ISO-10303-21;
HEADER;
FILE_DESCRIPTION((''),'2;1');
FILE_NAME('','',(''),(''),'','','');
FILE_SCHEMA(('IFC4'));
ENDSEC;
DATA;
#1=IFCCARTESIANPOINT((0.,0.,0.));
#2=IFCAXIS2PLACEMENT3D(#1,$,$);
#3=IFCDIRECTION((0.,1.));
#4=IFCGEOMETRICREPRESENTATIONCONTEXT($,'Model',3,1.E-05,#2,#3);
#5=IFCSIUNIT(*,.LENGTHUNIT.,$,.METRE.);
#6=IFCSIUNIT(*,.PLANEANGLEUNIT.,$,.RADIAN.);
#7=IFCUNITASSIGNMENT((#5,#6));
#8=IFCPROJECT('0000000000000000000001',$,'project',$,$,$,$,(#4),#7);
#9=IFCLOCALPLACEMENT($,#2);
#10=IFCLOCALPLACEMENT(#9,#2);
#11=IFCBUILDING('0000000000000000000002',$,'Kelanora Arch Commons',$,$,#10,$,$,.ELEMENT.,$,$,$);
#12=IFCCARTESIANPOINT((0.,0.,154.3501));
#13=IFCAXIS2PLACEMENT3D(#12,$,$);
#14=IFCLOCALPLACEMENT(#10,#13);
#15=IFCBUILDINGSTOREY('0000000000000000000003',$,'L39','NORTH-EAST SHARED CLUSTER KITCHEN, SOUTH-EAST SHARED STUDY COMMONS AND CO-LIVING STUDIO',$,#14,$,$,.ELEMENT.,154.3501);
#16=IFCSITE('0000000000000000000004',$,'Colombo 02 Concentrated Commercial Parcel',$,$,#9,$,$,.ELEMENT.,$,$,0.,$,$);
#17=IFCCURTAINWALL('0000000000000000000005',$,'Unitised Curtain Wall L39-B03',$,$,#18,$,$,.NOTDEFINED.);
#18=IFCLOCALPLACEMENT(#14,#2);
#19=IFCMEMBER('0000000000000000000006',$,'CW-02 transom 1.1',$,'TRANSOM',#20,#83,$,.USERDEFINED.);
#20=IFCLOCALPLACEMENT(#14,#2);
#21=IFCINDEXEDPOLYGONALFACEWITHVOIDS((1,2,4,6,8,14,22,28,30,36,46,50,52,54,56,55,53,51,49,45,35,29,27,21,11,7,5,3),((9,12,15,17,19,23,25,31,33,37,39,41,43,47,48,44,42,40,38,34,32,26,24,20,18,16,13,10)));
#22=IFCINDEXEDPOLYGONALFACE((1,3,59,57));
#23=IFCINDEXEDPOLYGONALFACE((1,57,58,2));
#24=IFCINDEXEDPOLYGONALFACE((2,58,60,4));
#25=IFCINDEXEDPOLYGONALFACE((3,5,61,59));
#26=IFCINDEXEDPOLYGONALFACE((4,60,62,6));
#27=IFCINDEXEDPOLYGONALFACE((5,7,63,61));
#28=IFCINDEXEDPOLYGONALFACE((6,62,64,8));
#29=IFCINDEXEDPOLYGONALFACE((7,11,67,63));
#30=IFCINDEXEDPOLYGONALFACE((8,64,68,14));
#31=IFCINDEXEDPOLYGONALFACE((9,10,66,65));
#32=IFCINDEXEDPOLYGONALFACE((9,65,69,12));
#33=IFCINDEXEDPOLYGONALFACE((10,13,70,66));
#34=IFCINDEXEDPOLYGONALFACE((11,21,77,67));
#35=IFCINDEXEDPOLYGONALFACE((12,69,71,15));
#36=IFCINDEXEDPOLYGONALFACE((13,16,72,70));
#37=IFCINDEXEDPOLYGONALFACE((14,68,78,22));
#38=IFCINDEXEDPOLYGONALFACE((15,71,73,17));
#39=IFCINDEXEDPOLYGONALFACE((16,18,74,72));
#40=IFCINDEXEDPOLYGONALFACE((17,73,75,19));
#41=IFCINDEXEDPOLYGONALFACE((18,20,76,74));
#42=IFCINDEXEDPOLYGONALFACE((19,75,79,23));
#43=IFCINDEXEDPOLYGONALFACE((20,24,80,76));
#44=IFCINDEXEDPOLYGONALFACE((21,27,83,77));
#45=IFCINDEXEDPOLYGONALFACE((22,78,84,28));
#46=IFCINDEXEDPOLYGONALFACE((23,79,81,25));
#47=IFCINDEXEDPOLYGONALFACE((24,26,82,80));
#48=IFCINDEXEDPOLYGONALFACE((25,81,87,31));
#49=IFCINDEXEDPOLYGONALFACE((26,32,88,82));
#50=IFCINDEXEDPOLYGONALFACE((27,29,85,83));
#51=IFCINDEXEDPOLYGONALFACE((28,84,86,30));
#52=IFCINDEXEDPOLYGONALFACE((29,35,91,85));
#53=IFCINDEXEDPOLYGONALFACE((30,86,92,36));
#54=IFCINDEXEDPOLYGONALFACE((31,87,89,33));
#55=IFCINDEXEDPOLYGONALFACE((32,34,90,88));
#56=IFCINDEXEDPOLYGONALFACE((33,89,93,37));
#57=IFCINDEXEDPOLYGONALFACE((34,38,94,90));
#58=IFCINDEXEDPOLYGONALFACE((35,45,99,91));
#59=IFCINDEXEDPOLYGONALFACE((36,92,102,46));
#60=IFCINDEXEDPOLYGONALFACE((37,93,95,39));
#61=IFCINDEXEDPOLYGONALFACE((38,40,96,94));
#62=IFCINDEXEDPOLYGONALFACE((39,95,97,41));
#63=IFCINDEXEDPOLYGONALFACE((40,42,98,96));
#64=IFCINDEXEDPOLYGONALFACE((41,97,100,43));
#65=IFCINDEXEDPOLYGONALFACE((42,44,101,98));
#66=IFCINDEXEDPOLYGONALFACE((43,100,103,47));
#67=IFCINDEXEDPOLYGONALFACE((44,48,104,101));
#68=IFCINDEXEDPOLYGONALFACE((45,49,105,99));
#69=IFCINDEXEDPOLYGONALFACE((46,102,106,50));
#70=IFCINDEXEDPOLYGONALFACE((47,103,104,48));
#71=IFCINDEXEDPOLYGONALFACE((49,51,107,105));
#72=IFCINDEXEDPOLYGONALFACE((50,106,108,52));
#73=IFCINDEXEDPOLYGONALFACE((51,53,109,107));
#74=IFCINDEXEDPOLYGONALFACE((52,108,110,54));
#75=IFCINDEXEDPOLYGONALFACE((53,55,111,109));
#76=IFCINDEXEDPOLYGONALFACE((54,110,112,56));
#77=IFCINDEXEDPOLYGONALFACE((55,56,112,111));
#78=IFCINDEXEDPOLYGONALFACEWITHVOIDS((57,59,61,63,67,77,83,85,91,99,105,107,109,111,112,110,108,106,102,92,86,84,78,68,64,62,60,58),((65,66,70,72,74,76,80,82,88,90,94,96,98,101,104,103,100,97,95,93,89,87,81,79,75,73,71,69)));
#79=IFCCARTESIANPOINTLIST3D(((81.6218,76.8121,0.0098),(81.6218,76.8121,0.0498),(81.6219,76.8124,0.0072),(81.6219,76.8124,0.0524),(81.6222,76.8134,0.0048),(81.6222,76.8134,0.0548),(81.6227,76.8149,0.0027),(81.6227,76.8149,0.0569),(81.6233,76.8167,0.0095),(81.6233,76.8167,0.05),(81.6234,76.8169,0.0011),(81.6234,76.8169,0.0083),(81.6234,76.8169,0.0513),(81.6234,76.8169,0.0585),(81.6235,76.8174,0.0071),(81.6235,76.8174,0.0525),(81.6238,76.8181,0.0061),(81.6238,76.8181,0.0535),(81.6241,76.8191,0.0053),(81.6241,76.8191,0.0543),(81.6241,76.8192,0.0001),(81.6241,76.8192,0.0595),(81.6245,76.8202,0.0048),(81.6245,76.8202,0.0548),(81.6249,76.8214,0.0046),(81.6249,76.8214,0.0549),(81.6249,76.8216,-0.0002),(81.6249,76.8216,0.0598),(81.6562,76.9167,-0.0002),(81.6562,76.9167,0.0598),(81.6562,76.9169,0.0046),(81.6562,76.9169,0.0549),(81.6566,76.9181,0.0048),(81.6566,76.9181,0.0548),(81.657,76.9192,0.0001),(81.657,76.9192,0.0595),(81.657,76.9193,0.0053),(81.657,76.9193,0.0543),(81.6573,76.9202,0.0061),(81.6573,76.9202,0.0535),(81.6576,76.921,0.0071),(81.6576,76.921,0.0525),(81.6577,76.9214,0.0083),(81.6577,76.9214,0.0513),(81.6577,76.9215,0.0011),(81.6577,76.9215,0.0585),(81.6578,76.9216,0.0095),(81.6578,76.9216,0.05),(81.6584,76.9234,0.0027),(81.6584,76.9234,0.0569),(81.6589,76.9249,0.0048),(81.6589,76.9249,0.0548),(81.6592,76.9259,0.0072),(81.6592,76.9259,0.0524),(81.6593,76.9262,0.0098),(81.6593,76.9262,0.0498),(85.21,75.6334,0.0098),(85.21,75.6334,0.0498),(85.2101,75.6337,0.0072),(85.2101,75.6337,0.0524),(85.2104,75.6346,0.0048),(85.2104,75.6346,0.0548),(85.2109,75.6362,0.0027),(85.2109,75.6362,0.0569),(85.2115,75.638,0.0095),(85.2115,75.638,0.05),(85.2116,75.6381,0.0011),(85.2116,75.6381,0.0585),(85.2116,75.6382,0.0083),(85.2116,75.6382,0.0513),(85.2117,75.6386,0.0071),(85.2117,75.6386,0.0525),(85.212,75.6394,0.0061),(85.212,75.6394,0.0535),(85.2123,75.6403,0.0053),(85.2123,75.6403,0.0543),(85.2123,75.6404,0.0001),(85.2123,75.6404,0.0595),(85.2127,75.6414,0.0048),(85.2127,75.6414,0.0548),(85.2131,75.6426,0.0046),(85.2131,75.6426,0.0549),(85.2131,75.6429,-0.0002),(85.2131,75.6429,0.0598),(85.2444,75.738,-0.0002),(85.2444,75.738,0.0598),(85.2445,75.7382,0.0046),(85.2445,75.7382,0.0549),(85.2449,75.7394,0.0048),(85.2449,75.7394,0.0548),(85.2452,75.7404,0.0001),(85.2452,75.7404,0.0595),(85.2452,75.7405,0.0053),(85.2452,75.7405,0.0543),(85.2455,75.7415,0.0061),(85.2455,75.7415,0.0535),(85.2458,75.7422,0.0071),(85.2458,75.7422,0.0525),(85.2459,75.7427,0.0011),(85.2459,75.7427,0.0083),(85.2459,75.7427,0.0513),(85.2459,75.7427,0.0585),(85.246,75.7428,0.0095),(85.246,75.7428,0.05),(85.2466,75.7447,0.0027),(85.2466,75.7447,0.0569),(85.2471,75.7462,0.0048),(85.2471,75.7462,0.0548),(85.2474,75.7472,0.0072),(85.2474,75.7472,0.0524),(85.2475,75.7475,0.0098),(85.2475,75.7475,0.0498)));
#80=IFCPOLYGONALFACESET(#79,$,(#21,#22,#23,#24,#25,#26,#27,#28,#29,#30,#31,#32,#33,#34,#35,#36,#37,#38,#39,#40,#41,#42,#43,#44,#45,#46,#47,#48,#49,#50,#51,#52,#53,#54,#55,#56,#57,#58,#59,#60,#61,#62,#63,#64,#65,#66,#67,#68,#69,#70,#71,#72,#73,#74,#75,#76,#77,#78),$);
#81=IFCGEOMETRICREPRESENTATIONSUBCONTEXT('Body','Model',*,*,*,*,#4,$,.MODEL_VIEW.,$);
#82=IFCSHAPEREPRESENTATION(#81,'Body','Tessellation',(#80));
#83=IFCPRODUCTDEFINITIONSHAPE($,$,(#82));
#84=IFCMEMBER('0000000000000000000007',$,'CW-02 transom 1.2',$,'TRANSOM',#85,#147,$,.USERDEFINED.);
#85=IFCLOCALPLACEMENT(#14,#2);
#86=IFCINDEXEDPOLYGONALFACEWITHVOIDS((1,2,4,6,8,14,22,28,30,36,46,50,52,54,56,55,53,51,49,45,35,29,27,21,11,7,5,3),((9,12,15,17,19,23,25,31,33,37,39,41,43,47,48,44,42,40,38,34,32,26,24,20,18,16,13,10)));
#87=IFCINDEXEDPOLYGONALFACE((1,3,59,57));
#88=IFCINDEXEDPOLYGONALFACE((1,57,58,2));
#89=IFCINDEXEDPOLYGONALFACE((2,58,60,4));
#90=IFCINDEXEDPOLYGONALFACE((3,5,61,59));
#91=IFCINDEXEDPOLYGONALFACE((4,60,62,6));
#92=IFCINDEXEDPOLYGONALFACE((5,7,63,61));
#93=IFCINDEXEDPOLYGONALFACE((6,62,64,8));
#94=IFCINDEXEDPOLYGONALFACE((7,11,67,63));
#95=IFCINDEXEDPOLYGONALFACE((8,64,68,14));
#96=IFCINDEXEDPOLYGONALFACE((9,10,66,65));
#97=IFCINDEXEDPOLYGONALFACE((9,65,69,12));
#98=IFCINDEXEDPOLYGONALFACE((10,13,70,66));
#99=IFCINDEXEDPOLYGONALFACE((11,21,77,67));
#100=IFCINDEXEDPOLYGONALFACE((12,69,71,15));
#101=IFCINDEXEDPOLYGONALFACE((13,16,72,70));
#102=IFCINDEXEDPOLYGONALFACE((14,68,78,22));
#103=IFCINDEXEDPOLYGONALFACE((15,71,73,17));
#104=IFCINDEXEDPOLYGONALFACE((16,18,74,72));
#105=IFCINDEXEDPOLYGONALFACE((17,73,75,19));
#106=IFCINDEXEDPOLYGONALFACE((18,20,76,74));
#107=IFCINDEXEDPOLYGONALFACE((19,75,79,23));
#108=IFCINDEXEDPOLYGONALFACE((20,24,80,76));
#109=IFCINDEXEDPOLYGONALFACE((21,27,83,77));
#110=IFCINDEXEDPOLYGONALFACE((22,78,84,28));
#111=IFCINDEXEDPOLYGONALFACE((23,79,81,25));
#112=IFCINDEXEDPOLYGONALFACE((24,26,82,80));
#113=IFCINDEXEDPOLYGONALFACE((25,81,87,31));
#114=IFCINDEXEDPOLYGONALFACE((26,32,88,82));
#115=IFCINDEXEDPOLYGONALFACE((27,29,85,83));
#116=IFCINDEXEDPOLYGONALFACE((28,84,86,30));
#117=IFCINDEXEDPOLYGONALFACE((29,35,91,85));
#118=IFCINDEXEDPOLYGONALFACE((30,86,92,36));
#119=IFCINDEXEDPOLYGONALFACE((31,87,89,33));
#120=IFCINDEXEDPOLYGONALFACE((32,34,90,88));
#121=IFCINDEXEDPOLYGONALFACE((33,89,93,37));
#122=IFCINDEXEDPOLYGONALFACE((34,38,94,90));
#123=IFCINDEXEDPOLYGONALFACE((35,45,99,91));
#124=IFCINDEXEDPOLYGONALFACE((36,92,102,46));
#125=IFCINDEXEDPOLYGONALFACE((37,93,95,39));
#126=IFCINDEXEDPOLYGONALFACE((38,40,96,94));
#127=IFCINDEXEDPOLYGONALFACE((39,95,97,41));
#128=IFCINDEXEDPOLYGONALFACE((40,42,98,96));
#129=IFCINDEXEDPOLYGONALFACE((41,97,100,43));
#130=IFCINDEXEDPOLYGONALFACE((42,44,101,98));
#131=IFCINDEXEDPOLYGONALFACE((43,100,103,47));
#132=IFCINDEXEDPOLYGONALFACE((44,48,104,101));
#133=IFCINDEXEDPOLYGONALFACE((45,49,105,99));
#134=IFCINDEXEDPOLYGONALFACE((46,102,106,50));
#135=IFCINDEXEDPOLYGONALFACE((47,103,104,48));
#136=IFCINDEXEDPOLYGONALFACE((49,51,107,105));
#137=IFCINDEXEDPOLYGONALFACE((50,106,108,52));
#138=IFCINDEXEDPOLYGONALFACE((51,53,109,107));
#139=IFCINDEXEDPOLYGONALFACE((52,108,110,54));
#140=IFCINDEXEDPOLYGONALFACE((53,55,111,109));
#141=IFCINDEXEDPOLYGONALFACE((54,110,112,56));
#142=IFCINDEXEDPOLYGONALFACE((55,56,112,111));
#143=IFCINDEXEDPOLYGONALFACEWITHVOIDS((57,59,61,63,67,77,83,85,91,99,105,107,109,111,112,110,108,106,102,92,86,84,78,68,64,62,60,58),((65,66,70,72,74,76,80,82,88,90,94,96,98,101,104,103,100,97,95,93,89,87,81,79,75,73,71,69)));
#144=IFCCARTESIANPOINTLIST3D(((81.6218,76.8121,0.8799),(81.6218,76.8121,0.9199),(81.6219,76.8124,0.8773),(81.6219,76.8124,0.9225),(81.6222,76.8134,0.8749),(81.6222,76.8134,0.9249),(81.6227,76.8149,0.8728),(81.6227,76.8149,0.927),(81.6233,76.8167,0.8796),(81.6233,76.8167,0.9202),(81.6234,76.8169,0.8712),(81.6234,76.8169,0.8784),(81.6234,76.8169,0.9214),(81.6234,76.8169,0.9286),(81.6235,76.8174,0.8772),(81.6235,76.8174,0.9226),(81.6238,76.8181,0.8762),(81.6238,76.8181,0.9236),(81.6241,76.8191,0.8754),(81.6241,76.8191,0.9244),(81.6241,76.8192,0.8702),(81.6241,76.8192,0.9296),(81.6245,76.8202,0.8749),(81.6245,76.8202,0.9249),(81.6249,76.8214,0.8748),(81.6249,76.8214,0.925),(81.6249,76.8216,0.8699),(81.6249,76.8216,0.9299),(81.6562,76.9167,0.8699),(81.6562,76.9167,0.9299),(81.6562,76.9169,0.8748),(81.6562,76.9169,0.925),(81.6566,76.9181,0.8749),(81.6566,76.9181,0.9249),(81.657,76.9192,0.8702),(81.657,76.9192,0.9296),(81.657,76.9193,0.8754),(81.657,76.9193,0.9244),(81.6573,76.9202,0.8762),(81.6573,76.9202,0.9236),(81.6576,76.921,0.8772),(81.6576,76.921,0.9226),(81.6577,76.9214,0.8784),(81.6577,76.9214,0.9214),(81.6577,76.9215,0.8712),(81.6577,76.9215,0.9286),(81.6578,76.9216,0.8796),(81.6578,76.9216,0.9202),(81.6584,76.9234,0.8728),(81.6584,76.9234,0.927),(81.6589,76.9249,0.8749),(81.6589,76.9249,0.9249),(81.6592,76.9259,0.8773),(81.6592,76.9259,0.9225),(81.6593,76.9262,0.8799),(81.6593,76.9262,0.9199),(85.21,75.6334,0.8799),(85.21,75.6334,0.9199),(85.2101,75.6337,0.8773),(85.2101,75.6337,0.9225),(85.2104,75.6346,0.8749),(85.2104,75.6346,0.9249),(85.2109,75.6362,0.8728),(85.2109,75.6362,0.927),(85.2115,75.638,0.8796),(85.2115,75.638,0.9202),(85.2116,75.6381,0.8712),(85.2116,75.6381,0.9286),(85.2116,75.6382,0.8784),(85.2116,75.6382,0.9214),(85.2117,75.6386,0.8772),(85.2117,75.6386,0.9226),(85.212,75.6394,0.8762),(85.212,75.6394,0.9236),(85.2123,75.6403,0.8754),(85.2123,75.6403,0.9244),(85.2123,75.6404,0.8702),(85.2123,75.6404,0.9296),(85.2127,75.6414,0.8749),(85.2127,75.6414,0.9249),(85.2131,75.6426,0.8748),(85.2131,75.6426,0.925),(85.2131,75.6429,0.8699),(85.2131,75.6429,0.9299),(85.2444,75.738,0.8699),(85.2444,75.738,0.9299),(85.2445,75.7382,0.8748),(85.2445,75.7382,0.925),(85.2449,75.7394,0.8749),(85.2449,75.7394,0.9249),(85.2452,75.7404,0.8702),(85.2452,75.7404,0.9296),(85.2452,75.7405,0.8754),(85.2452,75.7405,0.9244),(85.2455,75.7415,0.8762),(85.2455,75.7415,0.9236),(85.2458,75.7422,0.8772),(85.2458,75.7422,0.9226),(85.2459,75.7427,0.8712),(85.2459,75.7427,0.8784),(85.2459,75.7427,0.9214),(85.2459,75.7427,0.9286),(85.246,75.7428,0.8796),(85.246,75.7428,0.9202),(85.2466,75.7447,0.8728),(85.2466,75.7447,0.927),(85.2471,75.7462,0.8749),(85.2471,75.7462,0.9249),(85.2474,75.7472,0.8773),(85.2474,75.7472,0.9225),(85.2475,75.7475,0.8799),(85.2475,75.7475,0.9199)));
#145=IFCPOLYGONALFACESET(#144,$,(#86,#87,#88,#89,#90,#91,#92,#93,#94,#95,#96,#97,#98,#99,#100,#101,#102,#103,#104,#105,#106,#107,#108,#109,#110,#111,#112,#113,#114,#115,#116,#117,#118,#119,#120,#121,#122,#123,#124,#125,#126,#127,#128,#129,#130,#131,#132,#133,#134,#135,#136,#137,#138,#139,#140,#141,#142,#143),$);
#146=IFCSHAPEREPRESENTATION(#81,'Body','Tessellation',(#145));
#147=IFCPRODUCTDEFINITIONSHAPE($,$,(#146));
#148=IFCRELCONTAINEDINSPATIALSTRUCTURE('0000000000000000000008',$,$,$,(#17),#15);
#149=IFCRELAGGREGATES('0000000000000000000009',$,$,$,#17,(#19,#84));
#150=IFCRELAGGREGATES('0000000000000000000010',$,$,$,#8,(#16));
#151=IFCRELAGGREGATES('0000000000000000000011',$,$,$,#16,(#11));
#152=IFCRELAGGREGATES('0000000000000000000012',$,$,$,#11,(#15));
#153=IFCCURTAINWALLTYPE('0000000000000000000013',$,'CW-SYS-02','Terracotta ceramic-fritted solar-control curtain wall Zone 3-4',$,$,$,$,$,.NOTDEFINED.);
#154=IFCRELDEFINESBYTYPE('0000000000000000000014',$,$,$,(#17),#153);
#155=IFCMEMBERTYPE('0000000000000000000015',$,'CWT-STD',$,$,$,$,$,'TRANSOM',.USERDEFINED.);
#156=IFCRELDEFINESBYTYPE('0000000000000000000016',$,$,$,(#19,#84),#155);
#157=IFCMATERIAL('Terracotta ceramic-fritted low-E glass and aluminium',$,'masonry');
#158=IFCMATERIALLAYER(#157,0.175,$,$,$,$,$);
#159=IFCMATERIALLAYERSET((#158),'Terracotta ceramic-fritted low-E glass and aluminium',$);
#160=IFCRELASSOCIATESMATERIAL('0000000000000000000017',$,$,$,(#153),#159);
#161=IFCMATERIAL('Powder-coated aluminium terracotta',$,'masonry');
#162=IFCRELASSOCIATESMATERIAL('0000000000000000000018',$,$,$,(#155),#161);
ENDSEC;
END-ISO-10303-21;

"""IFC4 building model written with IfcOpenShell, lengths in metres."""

from ifc_helpers import new_model, si_unit, direction, frame, origin, origin_2d, place, context, subcontext, project, spatial, hollow_rectangle, extrude, material, layer, layer_set, material_profile, profile_set, type_object, element, aggregate, save


model = new_model("IFC4")

# Units and contexts
model_context = context("Model", 3, precision=1e-05, world=origin(), true_north=direction((0.0, 1.0)))
body_context = subcontext(model_context, "Body", "Model", "MODEL_VIEW")
ifc_project = project(units=[si_unit("LENGTHUNIT", "METRE"), si_unit("PLANEANGLEUNIT", "RADIAN")], contexts=[model_context])

# Site, building, storey
site_placement = place(None, origin())
site = spatial("IfcSite", under=ifc_project, at=site_placement, Name="Colombo 02 Concentrated Commercial Parcel", CompositionType="ELEMENT", RefElevation=0.0)
building_placement = place(site_placement, origin())
building = spatial("IfcBuilding", under=site, at=building_placement, Name="Kelanora Arch Commons", CompositionType="ELEMENT")
storey_placement = place(building_placement, frame((0.0, 0.0, 154.3501)))
storey = spatial("IfcBuildingStorey", under=building, at=storey_placement, Name="L39", Description="NORTH-EAST SHARED CLUSTER KITCHEN, SOUTH-EAST SHARED STUDY COMMONS AND CO-LIVING STUDIO", CompositionType="ELEMENT", Elevation=154.3501)

# Shared definitions
ifc_material_1 = material(Name="Terracotta ceramic-fritted low-E glass and aluminium", Category="masonry")
ifc_layer_1 = layer(ifc_material_1, 0.175)
ifc_layer_set_1 = layer_set([ifc_layer_1], Name="Terracotta ceramic-fritted low-E glass and aluminium")
curtain_wall_type = type_object("IfcCurtainWallType", Name="CW-SYS-02", Description="Terracotta ceramic-fritted solar-control curtain wall Zone 3-4", PredefinedType="NOTDEFINED", material=ifc_layer_set_1)
ifc_material_2 = material(Name="Powder-coated aluminium terracotta", Category="masonry")

# Curtain wall, members
curtain_wall_1_placement = place(storey_placement, origin())
curtain_wall_1 = element("IfcCurtainWall", 1, at=curtain_wall_1_placement, inside=storey, type_object=curtain_wall_type, Name="Unitised Curtain Wall L39-B03", PredefinedType="NOTDEFINED")
ifc_material_profile_1 = material_profile(ifc_material_2, hollow_rectangle(XDim=0.1201, YDim=0.0601, WallThickness=0.0049, InnerFilletRadius=0.0049, OuterFilletRadius=0.01, at=origin_2d()), Name="CWT120x60")
ifc_profile_set_1 = profile_set([ifc_material_profile_1], Name="Powder-coated aluminium terracotta")
member_type_1 = type_object("IfcMemberType", Name="CWT-STD", ElementType="TRANSOM", PredefinedType="USERDEFINED", material=ifc_profile_set_1)
member_1_placement = place(storey_placement, frame((85.2288, 75.6904, 0.0298), z_axis=(-0.950051, 0.312094, 0.0), x_axis=(-0.312094, -0.950051, 0.0)))
member_1 = element("IfcMember", 2, at=member_1_placement, type_object=member_type_1, Name="CW-02 transom 1.1", ObjectType="TRANSOM", PredefinedType="USERDEFINED", context=body_context, shape_type="SweptSolid", body=[
    extrude(hollow_rectangle(XDim=0.1201, YDim=0.0601, WallThickness=0.0049, InnerFilletRadius=0.0049, OuterFilletRadius=0.01, at=origin_2d()), origin(), (0.0, 0.0, 1.0), 3.7769),
])
member_2_placement = place(storey_placement, frame((85.2288, 75.6904, 0.8999), z_axis=(-0.950051, 0.312094, 0.0), x_axis=(-0.312094, -0.950051, 0.0)))
member_2 = element("IfcMember", 3, at=member_2_placement, type_object=member_type_1, Name="CW-02 transom 1.2", ObjectType="TRANSOM", PredefinedType="USERDEFINED", context=body_context, shape_type="SweptSolid", body=[
    extrude(hollow_rectangle(XDim=0.1201, YDim=0.0601, WallThickness=0.0049, InnerFilletRadius=0.0049, OuterFilletRadius=0.01, at=origin_2d()), origin(), (0.0, 0.0, 1.0), 3.7769),
])
aggregate(curtain_wall_1, [member_1, member_2])

save(model, "model.ifc")
